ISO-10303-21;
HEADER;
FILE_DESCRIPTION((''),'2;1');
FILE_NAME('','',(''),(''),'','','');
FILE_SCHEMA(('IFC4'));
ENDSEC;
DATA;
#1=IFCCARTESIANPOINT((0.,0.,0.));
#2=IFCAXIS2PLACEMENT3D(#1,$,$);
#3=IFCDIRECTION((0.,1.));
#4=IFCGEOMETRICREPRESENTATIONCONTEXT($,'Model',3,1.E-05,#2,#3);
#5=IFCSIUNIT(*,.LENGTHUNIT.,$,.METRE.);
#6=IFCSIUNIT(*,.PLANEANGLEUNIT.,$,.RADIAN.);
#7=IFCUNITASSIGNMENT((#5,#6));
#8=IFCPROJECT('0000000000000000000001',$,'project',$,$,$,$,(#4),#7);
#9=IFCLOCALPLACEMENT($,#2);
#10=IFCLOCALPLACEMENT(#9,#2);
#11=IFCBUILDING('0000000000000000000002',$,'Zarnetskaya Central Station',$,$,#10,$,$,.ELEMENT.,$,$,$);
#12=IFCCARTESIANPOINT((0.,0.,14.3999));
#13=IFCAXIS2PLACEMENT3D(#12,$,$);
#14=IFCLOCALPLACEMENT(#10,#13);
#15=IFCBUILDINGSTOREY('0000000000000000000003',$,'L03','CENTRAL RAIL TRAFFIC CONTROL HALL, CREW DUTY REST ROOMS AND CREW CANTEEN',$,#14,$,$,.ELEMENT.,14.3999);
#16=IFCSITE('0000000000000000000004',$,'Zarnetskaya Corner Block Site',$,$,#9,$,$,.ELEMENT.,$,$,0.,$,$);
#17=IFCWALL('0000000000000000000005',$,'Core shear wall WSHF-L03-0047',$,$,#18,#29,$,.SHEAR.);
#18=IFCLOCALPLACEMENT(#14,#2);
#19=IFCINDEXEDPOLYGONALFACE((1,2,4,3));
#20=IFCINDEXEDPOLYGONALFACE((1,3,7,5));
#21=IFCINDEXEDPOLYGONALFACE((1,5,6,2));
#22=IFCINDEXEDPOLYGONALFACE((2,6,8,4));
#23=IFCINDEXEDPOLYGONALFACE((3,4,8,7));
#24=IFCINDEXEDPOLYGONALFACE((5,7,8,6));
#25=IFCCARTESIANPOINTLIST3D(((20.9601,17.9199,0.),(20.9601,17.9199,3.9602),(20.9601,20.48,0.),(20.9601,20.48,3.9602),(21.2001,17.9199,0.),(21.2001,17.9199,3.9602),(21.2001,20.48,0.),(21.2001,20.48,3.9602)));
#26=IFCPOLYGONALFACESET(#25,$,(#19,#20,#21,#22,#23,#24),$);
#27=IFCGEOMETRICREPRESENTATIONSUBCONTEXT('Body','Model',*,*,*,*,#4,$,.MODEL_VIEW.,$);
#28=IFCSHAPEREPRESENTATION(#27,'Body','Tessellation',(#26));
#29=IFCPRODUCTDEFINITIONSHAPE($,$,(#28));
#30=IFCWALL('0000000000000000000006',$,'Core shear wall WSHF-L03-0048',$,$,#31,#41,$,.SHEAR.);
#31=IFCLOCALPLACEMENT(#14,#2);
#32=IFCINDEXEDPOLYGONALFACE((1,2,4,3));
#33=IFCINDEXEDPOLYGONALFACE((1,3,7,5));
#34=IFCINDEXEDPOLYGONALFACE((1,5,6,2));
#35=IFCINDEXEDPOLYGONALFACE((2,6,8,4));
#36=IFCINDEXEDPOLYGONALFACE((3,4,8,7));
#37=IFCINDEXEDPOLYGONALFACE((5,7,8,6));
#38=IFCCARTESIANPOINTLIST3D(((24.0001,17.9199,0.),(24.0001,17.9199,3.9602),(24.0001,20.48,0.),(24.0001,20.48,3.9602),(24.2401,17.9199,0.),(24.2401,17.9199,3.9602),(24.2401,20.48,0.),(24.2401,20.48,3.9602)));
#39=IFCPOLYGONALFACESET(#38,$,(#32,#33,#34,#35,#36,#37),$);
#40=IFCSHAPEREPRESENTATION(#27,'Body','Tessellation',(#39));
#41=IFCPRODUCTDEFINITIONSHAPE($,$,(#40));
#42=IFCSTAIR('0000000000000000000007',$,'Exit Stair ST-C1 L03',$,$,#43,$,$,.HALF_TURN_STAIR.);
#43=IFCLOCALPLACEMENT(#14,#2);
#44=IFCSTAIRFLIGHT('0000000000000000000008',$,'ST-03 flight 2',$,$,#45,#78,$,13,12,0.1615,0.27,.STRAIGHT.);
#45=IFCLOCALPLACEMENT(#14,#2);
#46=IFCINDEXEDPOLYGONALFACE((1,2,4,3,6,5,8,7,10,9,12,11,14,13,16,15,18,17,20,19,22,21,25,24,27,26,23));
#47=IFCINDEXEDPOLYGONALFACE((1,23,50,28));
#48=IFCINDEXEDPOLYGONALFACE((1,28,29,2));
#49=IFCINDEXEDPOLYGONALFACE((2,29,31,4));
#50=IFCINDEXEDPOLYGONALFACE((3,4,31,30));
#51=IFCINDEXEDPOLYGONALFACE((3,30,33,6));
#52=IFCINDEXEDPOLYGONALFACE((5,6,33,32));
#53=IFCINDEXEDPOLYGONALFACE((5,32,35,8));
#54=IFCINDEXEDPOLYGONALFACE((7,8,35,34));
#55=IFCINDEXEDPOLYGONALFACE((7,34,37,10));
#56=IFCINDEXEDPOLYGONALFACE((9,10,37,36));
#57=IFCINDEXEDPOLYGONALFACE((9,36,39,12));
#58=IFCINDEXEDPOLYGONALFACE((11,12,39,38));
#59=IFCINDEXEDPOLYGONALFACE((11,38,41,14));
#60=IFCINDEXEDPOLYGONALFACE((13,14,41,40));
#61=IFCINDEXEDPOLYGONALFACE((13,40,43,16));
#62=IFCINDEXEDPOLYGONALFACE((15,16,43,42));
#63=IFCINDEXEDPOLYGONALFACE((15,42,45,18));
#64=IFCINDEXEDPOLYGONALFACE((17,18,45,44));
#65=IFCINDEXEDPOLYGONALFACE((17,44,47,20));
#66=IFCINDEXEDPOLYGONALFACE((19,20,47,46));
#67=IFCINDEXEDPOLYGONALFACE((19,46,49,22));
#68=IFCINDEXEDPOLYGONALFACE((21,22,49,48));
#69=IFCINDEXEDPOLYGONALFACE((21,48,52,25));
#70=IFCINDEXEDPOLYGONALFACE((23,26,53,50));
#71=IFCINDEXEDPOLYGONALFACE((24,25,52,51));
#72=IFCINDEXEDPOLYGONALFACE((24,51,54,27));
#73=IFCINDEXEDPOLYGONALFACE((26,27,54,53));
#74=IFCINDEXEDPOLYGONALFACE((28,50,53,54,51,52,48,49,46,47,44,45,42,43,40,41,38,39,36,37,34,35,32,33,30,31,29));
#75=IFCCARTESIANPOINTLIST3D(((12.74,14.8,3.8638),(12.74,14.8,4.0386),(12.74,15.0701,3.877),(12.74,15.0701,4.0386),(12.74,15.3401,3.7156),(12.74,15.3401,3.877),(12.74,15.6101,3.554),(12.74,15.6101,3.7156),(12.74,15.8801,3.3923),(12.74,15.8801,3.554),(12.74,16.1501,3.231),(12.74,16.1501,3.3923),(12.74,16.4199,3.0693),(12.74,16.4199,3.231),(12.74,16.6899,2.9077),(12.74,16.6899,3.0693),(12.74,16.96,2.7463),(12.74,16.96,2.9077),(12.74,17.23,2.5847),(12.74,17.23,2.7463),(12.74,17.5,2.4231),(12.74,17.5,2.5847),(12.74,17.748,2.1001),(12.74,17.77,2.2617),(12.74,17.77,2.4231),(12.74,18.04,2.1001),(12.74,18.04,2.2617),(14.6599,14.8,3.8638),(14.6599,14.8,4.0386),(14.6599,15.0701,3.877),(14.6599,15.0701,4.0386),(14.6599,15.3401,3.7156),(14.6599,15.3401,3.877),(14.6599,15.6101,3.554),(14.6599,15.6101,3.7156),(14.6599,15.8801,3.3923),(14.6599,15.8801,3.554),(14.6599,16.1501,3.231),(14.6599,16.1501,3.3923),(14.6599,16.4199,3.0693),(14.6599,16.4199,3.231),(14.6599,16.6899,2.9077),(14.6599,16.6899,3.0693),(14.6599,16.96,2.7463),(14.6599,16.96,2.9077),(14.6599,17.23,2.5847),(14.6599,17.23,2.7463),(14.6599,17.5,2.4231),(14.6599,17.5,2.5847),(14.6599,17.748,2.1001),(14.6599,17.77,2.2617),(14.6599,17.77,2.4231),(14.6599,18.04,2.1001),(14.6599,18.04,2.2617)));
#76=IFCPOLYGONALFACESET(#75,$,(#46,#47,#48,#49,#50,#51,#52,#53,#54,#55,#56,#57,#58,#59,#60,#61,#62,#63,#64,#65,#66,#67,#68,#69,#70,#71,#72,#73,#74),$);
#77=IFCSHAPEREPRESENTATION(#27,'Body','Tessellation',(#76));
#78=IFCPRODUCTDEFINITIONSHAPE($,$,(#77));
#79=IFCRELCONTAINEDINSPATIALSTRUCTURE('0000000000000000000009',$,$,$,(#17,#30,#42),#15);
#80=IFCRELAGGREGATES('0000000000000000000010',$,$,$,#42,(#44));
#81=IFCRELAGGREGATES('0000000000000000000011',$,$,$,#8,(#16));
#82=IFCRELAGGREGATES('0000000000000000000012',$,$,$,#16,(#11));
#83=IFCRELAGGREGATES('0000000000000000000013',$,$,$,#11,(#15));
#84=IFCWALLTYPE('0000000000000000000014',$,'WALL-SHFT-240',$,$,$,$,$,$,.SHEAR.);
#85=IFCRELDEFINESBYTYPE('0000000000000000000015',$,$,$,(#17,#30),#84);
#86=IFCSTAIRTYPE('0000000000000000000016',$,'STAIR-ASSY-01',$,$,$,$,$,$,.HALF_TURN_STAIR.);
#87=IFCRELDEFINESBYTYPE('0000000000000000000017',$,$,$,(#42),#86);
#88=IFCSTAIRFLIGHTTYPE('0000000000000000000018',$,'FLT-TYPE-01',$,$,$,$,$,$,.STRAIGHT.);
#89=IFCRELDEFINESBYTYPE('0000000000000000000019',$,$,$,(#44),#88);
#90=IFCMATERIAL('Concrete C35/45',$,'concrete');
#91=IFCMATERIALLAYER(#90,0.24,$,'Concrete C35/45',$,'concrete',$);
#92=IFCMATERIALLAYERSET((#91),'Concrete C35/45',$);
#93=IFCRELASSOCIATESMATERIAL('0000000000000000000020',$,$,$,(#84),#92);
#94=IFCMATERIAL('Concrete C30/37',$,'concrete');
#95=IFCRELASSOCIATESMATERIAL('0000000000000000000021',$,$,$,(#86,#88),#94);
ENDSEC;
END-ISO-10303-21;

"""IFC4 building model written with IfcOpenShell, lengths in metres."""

from ifc_helpers import new_model, si_unit, direction, frame, frame_2d, origin, place, context, subcontext, project, spatial, polyline, rectangle, outline, extrude, material, layer, layer_set, type_object, element, aggregate, save


model = new_model("IFC4")

# Units and contexts
model_context = context("Model", 3, precision=1e-05, world=origin(), true_north=direction((0.0, 1.0)))
body_context = subcontext(model_context, "Body", "Model", "MODEL_VIEW")
ifc_project = project(units=[si_unit("LENGTHUNIT", "METRE"), si_unit("PLANEANGLEUNIT", "RADIAN")], contexts=[model_context])

# Site, building, storey
site_placement = place(None, origin())
site = spatial("IfcSite", under=ifc_project, at=site_placement, Name="Zarnetskaya Corner Block Site", CompositionType="ELEMENT", RefElevation=0.0)
building_placement = place(site_placement, origin())
building = spatial("IfcBuilding", under=site, at=building_placement, Name="Zarnetskaya Central Station", CompositionType="ELEMENT")
storey_placement = place(building_placement, frame((0.0, 0.0, 14.3999)))
storey = spatial("IfcBuildingStorey", under=building, at=storey_placement, Name="L03", Description="CENTRAL RAIL TRAFFIC CONTROL HALL, CREW DUTY REST ROOMS AND CREW CANTEEN", CompositionType="ELEMENT", Elevation=14.3999)

# Shared definitions
ifc_material_1 = material(Name="Concrete C30/37", Category="concrete")

# Shared definitions
ifc_material_2 = material(Name="Concrete C35/45", Category="concrete")

# Shared definitions
ifc_layer_1 = layer(ifc_material_2, 0.24, Name="Concrete C35/45", Category="concrete")
ifc_layer_set_1 = layer_set([ifc_layer_1], Name="Concrete C35/45")
wall_type_1 = type_object("IfcWallType", Name="WALL-SHFT-240", PredefinedType="SHEAR", material=ifc_layer_set_1)

# Walls
for number, where, z_axis, x_axis, name in (
    (1, (21.0801, 17.9199, 0.0), (0.0, 0.0, 1.0), (0.0, 1.0, 0.0), "Core shear wall WSHF-L03-0047"),
    (2, (24.1201, 20.48, 0.0), (0.0, 0.0, 1.0), (0.0, -1.0, 0.0), "Core shear wall WSHF-L03-0048"),
):
    element("IfcWall", number, at=place(storey_placement, frame(where, z_axis=z_axis, x_axis=x_axis)), inside=storey, type_object=wall_type_1, Name=name, PredefinedType="SHEAR", context=body_context, shape_type="SweptSolid", body=[
        extrude(rectangle(XDim=2.5601, YDim=0.24, at=frame_2d((1.28, 0.0))), origin(), (0.0, 0.0, 1.0), 3.9602),
    ])

# Stair, stair flight
stair_type = type_object("IfcStairType", Name="STAIR-ASSY-01", PredefinedType="HALF_TURN_STAIR", material=ifc_material_1)
stair_placement = place(storey_placement, origin())
stair = element("IfcStair", 3, at=stair_placement, inside=storey, type_object=stair_type, Name="Exit Stair ST-C1 L03", PredefinedType="HALF_TURN_STAIR")
stair_flight_type = type_object("IfcStairFlightType", Name="FLT-TYPE-01", PredefinedType="STRAIGHT", material=ifc_material_1)
stair_flight_placement = place(storey_placement, frame((13.7, 18.04, 2.1001), z_axis=(0.0, 0.0, 1.0), x_axis=(0.0, -1.0, 0.0)))
stair_flight = element("IfcStairFlight", 4, at=stair_flight_placement, type_object=stair_flight_type, Name="ST-03 flight 2", NumberOfRisers=13, NumberOfTreads=12, PredefinedType="STRAIGHT", RiserHeight=0.1615, TreadLength=0.27, context=body_context, shape_type="SweptSolid", body=[
    extrude(outline(polyline([(0.0, 0.0), (0.0, 0.1616), (0.27, 0.1616), (0.27, 0.323), (0.54, 0.323), (0.54, 0.4846), (0.8101, 0.4846), (0.8101, 0.6462), (1.0801, 0.6462), (1.0801, 0.8076), (1.3501, 0.8076), (1.3501, 0.9692), (1.6201, 0.9692), (1.6201, 1.1309), (1.8899, 1.1309), (1.8899, 1.2922), (2.1599, 1.2922), (2.1599, 1.4539), (2.4299, 1.4539), (2.4299, 1.6155), (2.7, 1.6155), (2.7, 1.7769), (2.97, 1.7769), (2.97, 1.9385), (3.24, 1.9385), (3.24, 2.1001), (3.24, 1.7637), (0.292, 0.0), (0.0, 0.0)])), frame((0.0, 0.96, 0.0), z_axis=(0.0, -1.0, 0.0), x_axis=(1.0, 0.0, 0.0)), (0.0, 0.0, 1.0), 1.9199),
])
aggregate(stair, [stair_flight])

save(model, "model.ifc")
